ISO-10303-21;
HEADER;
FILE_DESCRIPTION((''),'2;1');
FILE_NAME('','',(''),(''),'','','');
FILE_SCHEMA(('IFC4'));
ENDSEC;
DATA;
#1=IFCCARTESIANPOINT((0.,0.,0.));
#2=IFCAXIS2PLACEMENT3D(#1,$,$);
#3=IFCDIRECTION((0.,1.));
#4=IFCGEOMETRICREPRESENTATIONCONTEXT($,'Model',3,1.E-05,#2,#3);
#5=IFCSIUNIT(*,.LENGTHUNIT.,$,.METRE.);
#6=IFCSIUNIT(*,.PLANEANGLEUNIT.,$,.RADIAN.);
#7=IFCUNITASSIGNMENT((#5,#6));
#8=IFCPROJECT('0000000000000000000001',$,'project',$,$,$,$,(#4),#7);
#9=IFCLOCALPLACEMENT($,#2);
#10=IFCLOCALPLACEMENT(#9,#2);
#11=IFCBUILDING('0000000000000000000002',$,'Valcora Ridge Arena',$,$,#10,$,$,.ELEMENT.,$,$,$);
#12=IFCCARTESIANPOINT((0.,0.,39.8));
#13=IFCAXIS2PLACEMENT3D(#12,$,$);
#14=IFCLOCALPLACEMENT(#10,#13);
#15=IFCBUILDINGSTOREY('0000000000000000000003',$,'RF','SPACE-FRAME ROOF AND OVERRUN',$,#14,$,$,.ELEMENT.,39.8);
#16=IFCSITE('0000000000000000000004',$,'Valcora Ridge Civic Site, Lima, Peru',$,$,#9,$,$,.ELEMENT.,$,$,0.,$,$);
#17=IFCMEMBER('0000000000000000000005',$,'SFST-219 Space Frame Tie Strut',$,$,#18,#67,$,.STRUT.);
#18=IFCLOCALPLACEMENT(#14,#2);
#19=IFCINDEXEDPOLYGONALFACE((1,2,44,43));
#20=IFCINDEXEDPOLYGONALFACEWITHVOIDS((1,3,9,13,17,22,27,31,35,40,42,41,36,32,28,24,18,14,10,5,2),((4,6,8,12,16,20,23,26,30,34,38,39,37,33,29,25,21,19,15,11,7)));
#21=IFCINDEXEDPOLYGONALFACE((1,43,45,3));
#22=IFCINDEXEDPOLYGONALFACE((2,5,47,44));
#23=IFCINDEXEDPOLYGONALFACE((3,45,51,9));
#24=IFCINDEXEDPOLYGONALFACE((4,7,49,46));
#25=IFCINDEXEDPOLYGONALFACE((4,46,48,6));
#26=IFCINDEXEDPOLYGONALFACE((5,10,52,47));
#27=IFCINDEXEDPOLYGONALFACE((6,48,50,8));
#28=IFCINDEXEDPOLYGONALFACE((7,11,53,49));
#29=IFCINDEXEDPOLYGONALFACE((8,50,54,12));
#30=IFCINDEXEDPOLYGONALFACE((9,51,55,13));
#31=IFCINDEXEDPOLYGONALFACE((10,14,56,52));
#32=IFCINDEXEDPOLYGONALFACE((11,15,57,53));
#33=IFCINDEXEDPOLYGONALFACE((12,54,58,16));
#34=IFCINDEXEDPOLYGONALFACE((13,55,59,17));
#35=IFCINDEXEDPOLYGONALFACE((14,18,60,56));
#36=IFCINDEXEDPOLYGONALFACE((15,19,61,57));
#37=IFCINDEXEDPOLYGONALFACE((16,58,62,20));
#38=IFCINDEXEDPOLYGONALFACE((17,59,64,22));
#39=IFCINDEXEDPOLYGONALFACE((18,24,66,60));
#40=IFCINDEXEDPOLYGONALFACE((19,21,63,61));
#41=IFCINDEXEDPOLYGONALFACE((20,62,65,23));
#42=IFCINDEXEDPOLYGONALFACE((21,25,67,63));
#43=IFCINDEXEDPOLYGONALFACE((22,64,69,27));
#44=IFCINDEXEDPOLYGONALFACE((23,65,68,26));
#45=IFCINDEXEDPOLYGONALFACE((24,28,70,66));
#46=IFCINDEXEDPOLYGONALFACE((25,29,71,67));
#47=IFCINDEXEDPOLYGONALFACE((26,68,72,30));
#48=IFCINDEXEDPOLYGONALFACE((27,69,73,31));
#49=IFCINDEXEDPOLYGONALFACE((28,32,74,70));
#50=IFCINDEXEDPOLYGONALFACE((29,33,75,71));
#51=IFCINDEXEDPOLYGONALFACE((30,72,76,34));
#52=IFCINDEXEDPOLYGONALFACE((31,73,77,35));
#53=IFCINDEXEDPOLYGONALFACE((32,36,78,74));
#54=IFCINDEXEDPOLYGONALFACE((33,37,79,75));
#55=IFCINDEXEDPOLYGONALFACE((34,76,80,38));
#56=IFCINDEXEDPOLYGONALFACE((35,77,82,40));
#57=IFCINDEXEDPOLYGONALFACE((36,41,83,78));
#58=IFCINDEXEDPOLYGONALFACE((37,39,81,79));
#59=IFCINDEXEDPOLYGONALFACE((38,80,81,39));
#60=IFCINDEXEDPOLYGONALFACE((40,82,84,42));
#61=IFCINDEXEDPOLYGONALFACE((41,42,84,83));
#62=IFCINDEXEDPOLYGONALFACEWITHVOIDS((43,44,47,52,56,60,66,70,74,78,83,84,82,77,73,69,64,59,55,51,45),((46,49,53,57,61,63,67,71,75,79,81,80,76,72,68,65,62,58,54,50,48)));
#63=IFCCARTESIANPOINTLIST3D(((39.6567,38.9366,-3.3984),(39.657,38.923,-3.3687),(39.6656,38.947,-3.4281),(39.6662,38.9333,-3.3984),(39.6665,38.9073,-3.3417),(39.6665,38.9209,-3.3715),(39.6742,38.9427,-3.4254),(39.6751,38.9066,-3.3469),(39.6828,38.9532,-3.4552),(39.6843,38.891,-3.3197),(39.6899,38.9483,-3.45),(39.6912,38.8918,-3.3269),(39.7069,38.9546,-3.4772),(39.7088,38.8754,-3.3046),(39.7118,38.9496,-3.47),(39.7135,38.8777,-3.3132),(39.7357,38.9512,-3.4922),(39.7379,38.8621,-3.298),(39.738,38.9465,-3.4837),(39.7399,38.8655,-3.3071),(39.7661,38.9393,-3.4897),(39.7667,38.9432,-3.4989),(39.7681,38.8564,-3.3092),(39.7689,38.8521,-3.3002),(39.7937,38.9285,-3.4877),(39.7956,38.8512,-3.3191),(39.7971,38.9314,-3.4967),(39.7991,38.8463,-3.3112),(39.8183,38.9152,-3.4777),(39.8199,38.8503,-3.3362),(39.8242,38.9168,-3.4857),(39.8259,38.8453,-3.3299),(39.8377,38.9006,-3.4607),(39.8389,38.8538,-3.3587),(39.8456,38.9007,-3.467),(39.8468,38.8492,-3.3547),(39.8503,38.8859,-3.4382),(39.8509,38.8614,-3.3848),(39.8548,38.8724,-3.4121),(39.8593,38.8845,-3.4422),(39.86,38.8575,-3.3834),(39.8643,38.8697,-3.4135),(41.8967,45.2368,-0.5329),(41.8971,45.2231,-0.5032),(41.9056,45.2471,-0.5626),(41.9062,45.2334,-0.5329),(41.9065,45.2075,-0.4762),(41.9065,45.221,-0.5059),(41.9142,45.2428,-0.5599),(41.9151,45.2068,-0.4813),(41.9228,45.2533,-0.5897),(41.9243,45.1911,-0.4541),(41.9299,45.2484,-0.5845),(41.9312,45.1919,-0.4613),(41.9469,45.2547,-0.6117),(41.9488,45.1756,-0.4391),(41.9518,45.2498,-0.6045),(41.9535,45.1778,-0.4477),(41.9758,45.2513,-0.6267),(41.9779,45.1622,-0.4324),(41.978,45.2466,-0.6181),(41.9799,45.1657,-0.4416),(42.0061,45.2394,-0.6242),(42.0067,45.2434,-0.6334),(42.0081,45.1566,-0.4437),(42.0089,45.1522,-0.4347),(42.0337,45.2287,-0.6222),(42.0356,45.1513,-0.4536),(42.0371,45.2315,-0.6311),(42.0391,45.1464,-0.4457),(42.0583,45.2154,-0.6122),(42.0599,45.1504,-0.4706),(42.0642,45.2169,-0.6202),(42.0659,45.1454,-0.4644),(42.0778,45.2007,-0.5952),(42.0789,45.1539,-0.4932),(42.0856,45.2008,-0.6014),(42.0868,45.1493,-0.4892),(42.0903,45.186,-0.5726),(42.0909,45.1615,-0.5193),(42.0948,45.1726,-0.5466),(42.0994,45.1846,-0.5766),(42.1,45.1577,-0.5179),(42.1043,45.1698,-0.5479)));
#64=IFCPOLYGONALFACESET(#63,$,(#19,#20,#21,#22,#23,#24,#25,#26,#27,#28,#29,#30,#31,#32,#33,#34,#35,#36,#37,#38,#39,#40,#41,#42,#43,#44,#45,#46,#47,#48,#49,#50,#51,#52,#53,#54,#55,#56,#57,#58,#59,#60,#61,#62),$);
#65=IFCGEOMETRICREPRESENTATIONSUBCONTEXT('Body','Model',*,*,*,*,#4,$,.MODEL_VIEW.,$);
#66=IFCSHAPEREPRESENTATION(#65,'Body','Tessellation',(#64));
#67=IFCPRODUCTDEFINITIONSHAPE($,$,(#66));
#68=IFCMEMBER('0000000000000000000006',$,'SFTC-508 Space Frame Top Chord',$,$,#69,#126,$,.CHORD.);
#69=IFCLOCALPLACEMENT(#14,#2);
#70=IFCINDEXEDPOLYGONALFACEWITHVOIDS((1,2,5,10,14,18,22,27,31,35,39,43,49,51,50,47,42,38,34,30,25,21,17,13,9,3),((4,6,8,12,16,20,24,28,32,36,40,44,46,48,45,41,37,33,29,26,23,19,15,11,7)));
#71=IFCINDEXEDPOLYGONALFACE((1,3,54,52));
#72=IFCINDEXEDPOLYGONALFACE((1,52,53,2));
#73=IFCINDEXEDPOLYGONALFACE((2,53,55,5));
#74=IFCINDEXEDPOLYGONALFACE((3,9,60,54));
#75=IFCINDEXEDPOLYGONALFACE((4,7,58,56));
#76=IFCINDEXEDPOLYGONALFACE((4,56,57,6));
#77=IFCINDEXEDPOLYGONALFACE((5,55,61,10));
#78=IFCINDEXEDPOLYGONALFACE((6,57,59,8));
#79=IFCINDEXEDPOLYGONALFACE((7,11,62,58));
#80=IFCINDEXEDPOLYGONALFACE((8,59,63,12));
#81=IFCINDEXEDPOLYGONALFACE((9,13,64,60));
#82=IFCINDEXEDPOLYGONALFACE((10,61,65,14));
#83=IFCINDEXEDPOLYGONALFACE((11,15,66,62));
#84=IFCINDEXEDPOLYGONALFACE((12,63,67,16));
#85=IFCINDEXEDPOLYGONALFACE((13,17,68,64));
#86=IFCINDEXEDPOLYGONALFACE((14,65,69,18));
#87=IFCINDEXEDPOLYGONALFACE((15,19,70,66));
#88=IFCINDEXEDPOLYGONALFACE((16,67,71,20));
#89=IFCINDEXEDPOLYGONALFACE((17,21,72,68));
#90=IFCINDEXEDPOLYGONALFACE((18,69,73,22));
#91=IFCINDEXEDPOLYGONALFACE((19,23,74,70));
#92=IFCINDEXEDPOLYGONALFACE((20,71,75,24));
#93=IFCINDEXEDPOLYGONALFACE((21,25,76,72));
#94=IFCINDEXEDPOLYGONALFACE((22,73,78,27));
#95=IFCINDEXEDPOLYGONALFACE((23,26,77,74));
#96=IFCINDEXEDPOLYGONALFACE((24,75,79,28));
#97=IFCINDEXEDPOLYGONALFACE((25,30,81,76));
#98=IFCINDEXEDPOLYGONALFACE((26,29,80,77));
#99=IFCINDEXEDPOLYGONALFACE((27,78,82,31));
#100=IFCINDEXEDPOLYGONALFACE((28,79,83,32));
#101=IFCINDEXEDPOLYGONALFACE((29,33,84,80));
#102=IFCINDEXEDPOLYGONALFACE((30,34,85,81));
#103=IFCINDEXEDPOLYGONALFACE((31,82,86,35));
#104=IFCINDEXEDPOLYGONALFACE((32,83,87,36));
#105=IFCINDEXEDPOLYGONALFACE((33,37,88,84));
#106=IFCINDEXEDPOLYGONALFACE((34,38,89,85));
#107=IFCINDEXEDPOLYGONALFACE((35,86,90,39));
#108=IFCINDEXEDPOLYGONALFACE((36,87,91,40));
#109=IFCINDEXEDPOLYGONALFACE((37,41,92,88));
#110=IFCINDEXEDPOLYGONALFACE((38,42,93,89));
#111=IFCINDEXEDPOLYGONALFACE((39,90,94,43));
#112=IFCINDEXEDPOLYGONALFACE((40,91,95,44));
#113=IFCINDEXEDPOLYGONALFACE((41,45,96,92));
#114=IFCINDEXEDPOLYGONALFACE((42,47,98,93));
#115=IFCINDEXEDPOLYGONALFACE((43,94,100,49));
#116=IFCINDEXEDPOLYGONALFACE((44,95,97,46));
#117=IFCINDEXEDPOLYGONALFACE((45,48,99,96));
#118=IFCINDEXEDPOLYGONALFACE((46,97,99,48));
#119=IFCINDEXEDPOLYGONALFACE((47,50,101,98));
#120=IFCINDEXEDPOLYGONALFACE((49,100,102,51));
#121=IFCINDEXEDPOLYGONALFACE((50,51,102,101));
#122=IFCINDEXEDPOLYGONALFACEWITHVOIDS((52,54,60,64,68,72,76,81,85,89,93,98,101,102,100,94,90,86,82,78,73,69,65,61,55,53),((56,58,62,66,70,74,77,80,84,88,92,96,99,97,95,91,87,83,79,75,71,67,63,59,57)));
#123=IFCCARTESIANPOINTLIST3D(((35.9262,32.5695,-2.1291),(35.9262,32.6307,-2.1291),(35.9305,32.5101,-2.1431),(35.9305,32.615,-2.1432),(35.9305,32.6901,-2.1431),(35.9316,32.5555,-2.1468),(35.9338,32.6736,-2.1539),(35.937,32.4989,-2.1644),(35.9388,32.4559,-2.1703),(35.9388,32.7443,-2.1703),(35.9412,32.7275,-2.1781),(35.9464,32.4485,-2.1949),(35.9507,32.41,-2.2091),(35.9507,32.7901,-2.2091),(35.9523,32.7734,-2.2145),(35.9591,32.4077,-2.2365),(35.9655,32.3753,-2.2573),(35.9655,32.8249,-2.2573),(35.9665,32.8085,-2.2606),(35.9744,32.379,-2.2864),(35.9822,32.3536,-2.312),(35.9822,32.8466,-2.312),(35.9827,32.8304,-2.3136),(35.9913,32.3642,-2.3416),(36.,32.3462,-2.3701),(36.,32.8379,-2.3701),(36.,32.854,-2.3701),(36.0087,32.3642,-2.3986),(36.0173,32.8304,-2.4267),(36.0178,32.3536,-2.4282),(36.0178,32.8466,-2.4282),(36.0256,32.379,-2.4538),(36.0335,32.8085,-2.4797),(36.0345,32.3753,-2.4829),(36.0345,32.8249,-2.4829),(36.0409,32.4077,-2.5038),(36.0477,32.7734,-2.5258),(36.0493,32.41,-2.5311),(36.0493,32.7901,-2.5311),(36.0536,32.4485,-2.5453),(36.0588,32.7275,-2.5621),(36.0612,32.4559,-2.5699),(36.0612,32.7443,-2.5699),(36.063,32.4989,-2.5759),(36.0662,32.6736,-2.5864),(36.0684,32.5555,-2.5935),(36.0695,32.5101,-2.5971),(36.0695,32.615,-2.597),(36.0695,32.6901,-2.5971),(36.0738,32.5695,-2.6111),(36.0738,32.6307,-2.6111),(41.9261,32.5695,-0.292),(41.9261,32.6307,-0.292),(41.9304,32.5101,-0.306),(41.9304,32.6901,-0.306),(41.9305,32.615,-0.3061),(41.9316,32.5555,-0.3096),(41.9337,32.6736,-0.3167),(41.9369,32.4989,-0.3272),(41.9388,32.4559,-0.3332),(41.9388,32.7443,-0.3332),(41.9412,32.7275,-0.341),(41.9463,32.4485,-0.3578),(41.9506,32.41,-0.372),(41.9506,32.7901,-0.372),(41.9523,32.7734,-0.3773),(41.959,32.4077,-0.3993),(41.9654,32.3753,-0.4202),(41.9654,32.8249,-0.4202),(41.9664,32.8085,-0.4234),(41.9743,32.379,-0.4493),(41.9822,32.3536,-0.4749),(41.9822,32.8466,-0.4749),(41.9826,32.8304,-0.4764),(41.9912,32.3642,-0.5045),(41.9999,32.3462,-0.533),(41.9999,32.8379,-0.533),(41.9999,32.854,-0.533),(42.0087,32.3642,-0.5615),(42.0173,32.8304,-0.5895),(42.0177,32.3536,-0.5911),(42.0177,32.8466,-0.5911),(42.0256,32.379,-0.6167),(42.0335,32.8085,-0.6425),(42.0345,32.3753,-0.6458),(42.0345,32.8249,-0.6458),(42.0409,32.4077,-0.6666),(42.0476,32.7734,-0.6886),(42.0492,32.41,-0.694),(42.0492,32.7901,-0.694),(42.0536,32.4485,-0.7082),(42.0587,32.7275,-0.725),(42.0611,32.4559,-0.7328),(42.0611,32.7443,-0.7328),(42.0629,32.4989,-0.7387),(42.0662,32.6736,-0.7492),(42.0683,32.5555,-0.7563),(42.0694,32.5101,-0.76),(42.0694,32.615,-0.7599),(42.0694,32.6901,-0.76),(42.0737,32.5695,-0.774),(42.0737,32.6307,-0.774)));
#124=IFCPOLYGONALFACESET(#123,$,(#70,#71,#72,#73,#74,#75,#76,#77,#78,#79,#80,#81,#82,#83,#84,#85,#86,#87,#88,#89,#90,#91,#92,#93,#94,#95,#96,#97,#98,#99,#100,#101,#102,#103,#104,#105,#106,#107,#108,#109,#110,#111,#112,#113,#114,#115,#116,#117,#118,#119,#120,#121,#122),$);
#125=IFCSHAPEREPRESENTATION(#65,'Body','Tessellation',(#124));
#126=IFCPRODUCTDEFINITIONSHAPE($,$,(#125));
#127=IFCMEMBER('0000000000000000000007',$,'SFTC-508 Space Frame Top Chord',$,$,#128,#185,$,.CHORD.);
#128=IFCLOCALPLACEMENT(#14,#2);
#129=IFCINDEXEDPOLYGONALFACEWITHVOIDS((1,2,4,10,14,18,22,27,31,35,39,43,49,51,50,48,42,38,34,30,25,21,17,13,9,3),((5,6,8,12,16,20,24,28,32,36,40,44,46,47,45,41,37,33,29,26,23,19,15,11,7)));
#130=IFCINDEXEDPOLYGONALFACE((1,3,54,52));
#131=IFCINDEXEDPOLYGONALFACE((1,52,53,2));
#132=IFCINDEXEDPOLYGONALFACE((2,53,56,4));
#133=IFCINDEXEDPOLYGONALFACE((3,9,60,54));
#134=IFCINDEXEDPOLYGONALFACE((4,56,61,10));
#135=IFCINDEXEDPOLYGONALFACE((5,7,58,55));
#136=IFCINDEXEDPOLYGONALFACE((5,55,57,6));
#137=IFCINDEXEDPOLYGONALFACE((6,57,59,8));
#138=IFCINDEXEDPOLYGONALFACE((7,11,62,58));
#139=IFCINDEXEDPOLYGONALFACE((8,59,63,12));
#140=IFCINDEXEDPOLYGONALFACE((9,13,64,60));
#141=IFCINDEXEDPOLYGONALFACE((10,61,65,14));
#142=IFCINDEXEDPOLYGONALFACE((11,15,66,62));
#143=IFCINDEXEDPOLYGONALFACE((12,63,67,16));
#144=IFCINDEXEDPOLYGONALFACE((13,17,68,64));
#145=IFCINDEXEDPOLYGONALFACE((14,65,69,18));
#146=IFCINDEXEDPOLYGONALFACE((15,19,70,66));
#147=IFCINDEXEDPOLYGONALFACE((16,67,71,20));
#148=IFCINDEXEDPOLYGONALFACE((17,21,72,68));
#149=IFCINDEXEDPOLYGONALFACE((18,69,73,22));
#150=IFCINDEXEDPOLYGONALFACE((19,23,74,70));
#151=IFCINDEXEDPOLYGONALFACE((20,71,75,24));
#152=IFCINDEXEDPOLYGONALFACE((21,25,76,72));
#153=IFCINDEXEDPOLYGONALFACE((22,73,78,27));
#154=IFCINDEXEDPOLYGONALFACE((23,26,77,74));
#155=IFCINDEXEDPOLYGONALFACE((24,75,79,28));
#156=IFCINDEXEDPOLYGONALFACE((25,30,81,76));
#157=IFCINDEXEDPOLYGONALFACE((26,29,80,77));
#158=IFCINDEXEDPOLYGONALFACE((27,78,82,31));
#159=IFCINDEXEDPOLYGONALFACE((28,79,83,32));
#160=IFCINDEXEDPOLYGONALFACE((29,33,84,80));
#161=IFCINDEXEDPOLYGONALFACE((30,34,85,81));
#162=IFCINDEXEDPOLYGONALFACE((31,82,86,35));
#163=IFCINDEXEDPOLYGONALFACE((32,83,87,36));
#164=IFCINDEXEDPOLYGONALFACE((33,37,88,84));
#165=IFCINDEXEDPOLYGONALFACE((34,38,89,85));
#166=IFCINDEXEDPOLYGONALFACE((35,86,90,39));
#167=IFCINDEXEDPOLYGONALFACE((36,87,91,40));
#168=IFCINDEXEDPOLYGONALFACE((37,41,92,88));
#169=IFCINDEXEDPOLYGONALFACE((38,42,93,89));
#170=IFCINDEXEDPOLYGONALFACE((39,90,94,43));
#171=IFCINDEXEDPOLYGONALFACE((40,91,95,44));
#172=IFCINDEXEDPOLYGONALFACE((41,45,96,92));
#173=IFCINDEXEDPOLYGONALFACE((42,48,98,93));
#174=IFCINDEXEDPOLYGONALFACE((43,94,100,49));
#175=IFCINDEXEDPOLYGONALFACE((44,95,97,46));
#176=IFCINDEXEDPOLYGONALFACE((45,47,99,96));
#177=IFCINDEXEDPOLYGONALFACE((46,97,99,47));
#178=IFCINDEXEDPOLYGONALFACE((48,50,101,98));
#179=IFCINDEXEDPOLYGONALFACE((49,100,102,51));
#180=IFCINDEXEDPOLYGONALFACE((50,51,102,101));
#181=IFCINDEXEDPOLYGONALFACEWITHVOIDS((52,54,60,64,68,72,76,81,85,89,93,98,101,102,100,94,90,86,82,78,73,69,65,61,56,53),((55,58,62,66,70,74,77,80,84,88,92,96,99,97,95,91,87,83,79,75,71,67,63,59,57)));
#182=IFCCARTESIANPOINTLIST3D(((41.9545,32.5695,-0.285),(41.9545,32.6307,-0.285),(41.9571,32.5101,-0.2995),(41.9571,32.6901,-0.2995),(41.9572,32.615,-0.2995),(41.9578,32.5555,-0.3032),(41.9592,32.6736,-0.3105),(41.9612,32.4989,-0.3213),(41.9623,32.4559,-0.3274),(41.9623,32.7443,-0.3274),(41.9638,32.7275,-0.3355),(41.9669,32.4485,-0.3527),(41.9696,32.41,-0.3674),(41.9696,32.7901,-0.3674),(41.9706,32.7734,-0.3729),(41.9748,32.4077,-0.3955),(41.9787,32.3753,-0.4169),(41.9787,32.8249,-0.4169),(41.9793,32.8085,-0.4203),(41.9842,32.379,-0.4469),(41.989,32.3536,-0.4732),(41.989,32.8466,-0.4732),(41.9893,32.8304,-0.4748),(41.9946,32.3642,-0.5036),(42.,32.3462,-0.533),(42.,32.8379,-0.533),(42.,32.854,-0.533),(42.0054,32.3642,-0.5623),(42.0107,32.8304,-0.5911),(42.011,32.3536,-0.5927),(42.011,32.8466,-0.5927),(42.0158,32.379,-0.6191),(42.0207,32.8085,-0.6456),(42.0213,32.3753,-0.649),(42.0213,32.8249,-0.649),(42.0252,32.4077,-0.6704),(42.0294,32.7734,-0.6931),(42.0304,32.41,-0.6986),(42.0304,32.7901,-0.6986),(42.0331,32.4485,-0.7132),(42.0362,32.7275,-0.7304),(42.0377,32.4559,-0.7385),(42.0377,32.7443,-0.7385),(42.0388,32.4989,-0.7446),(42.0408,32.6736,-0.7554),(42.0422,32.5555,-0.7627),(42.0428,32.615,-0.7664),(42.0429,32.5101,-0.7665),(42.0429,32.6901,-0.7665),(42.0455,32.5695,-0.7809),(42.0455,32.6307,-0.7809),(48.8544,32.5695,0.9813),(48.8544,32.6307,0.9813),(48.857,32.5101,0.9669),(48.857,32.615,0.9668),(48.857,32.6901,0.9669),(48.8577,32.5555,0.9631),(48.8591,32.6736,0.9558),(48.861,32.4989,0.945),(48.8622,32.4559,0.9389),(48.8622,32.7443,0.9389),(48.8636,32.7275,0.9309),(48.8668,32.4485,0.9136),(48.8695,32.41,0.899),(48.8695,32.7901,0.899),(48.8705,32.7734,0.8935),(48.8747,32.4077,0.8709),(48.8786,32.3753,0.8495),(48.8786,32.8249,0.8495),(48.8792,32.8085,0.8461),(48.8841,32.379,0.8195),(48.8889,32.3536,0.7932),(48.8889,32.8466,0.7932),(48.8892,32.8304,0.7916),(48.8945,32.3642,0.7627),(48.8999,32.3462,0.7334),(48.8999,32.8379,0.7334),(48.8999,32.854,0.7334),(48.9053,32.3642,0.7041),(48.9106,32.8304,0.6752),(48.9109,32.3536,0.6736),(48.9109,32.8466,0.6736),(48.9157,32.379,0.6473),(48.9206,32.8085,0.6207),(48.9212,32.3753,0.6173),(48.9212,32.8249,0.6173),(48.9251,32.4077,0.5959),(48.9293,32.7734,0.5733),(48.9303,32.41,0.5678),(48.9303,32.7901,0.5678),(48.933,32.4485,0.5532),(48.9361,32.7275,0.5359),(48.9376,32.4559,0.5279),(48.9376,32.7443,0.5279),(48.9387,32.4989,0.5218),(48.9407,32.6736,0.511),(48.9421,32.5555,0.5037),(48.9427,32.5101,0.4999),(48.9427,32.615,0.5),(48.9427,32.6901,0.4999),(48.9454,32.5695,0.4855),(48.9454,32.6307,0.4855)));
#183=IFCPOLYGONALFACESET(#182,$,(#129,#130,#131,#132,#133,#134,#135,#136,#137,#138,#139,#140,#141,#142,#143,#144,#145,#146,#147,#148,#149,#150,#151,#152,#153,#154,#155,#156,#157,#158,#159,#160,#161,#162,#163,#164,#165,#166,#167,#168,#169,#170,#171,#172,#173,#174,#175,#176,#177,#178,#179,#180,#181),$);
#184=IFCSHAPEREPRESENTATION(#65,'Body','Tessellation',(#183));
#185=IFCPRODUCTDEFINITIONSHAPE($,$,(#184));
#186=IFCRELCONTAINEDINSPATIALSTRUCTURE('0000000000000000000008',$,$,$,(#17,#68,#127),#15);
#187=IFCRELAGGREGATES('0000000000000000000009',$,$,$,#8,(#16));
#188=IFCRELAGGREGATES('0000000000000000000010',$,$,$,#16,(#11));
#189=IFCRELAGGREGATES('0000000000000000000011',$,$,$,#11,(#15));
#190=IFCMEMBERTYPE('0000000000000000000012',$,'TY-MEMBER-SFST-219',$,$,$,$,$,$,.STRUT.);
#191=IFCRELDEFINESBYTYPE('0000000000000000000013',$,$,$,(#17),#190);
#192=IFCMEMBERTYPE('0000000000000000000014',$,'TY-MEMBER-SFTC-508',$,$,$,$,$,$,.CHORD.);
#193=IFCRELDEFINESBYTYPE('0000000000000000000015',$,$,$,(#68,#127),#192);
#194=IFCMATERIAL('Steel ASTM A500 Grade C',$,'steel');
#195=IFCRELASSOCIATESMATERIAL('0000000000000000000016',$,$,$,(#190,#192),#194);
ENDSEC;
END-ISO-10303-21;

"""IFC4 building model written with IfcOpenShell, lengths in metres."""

from ifc_helpers import new_model, si_unit, direction, frame, origin, origin_2d, place, context, subcontext, project, spatial, hollow_circle, extrude, material, material_profile, profile_set, type_object, element, save


model = new_model("IFC4")

# Units and contexts
model_context = context("Model", 3, precision=1e-05, world=origin(), true_north=direction((0.0, 1.0)))
body_context = subcontext(model_context, "Body", "Model", "MODEL_VIEW")
ifc_project = project(units=[si_unit("LENGTHUNIT", "METRE"), si_unit("PLANEANGLEUNIT", "RADIAN")], contexts=[model_context])

# Site, building, storey
site_placement = place(None, origin())
site = spatial("IfcSite", under=ifc_project, at=site_placement, Name="Valcora Ridge Civic Site, Lima, Peru", CompositionType="ELEMENT", RefElevation=0.0)
building_placement = place(site_placement, origin())
building = spatial("IfcBuilding", under=site, at=building_placement, Name="Valcora Ridge Arena", CompositionType="ELEMENT")
storey_placement = place(building_placement, frame((0.0, 0.0, 39.8)))
storey = spatial("IfcBuildingStorey", under=building, at=storey_placement, Name="RF", Description="SPACE-FRAME ROOF AND OVERRUN", CompositionType="ELEMENT", Elevation=39.8)

# Members
ifc_material_1 = material(Name="Steel ASTM A500 Grade C", Category="steel")
ifc_material_profile_1 = material_profile(ifc_material_1, hollow_circle(Radius=0.1096, WallThickness=0.01, at=origin_2d()), Name="CHS219X10")
ifc_profile_set_1 = profile_set([ifc_material_profile_1], Name="Steel ASTM A500 Grade C")
member_type_1 = type_object("IfcMemberType", Name="TY-MEMBER-SFST-219", PredefinedType="STRUT", material=ifc_profile_set_1)
member_1_placement = place(storey_placement, frame((39.76, 38.8999, -3.3984), z_axis=(0.307921, 0.866039, 0.393904), x_axis=(-0.942216, 0.335006, 0.0)))
element("IfcMember", 1, at=member_1_placement, inside=storey, type_object=member_type_1, Name="SFST-219 Space Frame Tie Strut", PredefinedType="STRUT", context=body_context, shape_type="SweptSolid", body=[
    extrude(hollow_circle(Radius=0.1096, WallThickness=0.01, at=origin_2d()), origin(), (0.0, 0.0, 1.0), 7.2747),
])
ifc_material_profile_2 = material_profile(ifc_material_1, hollow_circle(Radius=0.2539, WallThickness=0.0161, at=origin_2d()), Name="CHS508X16")
ifc_profile_set_2 = profile_set([ifc_material_profile_2], Name="Steel ASTM A500 Grade C")
member_type_2 = type_object("IfcMemberType", Name="TY-MEMBER-SFTC-508", PredefinedType="CHORD", material=ifc_profile_set_2)
member_2_placement = place(storey_placement, frame((36.0, 32.6001, -2.3701), z_axis=(0.956181, 0.0, 0.292776), x_axis=(0.0, 1.0, 0.0)))
element("IfcMember", 2, at=member_2_placement, inside=storey, type_object=member_type_2, Name="SFTC-508 Space Frame Top Chord", PredefinedType="CHORD", context=body_context, shape_type="SweptSolid", body=[
    extrude(hollow_circle(Radius=0.2539, WallThickness=0.0161, at=origin_2d()), origin(), (0.0, 0.0, 1.0), 6.2749),
])
member_3_placement = place(storey_placement, frame((42.0, 32.6001, -0.533), z_axis=(0.983572, 0.0, 0.180518), x_axis=(0.0, 1.0, 0.0)))
element("IfcMember", 3, at=member_3_placement, inside=storey, type_object=member_type_2, Name="SFTC-508 Space Frame Top Chord", PredefinedType="CHORD", context=body_context, shape_type="SweptSolid", body=[
    extrude(hollow_circle(Radius=0.2539, WallThickness=0.0161, at=origin_2d()), origin(), (0.0, 0.0, 1.0), 7.0151),
])

save(model, "model.ifc")
